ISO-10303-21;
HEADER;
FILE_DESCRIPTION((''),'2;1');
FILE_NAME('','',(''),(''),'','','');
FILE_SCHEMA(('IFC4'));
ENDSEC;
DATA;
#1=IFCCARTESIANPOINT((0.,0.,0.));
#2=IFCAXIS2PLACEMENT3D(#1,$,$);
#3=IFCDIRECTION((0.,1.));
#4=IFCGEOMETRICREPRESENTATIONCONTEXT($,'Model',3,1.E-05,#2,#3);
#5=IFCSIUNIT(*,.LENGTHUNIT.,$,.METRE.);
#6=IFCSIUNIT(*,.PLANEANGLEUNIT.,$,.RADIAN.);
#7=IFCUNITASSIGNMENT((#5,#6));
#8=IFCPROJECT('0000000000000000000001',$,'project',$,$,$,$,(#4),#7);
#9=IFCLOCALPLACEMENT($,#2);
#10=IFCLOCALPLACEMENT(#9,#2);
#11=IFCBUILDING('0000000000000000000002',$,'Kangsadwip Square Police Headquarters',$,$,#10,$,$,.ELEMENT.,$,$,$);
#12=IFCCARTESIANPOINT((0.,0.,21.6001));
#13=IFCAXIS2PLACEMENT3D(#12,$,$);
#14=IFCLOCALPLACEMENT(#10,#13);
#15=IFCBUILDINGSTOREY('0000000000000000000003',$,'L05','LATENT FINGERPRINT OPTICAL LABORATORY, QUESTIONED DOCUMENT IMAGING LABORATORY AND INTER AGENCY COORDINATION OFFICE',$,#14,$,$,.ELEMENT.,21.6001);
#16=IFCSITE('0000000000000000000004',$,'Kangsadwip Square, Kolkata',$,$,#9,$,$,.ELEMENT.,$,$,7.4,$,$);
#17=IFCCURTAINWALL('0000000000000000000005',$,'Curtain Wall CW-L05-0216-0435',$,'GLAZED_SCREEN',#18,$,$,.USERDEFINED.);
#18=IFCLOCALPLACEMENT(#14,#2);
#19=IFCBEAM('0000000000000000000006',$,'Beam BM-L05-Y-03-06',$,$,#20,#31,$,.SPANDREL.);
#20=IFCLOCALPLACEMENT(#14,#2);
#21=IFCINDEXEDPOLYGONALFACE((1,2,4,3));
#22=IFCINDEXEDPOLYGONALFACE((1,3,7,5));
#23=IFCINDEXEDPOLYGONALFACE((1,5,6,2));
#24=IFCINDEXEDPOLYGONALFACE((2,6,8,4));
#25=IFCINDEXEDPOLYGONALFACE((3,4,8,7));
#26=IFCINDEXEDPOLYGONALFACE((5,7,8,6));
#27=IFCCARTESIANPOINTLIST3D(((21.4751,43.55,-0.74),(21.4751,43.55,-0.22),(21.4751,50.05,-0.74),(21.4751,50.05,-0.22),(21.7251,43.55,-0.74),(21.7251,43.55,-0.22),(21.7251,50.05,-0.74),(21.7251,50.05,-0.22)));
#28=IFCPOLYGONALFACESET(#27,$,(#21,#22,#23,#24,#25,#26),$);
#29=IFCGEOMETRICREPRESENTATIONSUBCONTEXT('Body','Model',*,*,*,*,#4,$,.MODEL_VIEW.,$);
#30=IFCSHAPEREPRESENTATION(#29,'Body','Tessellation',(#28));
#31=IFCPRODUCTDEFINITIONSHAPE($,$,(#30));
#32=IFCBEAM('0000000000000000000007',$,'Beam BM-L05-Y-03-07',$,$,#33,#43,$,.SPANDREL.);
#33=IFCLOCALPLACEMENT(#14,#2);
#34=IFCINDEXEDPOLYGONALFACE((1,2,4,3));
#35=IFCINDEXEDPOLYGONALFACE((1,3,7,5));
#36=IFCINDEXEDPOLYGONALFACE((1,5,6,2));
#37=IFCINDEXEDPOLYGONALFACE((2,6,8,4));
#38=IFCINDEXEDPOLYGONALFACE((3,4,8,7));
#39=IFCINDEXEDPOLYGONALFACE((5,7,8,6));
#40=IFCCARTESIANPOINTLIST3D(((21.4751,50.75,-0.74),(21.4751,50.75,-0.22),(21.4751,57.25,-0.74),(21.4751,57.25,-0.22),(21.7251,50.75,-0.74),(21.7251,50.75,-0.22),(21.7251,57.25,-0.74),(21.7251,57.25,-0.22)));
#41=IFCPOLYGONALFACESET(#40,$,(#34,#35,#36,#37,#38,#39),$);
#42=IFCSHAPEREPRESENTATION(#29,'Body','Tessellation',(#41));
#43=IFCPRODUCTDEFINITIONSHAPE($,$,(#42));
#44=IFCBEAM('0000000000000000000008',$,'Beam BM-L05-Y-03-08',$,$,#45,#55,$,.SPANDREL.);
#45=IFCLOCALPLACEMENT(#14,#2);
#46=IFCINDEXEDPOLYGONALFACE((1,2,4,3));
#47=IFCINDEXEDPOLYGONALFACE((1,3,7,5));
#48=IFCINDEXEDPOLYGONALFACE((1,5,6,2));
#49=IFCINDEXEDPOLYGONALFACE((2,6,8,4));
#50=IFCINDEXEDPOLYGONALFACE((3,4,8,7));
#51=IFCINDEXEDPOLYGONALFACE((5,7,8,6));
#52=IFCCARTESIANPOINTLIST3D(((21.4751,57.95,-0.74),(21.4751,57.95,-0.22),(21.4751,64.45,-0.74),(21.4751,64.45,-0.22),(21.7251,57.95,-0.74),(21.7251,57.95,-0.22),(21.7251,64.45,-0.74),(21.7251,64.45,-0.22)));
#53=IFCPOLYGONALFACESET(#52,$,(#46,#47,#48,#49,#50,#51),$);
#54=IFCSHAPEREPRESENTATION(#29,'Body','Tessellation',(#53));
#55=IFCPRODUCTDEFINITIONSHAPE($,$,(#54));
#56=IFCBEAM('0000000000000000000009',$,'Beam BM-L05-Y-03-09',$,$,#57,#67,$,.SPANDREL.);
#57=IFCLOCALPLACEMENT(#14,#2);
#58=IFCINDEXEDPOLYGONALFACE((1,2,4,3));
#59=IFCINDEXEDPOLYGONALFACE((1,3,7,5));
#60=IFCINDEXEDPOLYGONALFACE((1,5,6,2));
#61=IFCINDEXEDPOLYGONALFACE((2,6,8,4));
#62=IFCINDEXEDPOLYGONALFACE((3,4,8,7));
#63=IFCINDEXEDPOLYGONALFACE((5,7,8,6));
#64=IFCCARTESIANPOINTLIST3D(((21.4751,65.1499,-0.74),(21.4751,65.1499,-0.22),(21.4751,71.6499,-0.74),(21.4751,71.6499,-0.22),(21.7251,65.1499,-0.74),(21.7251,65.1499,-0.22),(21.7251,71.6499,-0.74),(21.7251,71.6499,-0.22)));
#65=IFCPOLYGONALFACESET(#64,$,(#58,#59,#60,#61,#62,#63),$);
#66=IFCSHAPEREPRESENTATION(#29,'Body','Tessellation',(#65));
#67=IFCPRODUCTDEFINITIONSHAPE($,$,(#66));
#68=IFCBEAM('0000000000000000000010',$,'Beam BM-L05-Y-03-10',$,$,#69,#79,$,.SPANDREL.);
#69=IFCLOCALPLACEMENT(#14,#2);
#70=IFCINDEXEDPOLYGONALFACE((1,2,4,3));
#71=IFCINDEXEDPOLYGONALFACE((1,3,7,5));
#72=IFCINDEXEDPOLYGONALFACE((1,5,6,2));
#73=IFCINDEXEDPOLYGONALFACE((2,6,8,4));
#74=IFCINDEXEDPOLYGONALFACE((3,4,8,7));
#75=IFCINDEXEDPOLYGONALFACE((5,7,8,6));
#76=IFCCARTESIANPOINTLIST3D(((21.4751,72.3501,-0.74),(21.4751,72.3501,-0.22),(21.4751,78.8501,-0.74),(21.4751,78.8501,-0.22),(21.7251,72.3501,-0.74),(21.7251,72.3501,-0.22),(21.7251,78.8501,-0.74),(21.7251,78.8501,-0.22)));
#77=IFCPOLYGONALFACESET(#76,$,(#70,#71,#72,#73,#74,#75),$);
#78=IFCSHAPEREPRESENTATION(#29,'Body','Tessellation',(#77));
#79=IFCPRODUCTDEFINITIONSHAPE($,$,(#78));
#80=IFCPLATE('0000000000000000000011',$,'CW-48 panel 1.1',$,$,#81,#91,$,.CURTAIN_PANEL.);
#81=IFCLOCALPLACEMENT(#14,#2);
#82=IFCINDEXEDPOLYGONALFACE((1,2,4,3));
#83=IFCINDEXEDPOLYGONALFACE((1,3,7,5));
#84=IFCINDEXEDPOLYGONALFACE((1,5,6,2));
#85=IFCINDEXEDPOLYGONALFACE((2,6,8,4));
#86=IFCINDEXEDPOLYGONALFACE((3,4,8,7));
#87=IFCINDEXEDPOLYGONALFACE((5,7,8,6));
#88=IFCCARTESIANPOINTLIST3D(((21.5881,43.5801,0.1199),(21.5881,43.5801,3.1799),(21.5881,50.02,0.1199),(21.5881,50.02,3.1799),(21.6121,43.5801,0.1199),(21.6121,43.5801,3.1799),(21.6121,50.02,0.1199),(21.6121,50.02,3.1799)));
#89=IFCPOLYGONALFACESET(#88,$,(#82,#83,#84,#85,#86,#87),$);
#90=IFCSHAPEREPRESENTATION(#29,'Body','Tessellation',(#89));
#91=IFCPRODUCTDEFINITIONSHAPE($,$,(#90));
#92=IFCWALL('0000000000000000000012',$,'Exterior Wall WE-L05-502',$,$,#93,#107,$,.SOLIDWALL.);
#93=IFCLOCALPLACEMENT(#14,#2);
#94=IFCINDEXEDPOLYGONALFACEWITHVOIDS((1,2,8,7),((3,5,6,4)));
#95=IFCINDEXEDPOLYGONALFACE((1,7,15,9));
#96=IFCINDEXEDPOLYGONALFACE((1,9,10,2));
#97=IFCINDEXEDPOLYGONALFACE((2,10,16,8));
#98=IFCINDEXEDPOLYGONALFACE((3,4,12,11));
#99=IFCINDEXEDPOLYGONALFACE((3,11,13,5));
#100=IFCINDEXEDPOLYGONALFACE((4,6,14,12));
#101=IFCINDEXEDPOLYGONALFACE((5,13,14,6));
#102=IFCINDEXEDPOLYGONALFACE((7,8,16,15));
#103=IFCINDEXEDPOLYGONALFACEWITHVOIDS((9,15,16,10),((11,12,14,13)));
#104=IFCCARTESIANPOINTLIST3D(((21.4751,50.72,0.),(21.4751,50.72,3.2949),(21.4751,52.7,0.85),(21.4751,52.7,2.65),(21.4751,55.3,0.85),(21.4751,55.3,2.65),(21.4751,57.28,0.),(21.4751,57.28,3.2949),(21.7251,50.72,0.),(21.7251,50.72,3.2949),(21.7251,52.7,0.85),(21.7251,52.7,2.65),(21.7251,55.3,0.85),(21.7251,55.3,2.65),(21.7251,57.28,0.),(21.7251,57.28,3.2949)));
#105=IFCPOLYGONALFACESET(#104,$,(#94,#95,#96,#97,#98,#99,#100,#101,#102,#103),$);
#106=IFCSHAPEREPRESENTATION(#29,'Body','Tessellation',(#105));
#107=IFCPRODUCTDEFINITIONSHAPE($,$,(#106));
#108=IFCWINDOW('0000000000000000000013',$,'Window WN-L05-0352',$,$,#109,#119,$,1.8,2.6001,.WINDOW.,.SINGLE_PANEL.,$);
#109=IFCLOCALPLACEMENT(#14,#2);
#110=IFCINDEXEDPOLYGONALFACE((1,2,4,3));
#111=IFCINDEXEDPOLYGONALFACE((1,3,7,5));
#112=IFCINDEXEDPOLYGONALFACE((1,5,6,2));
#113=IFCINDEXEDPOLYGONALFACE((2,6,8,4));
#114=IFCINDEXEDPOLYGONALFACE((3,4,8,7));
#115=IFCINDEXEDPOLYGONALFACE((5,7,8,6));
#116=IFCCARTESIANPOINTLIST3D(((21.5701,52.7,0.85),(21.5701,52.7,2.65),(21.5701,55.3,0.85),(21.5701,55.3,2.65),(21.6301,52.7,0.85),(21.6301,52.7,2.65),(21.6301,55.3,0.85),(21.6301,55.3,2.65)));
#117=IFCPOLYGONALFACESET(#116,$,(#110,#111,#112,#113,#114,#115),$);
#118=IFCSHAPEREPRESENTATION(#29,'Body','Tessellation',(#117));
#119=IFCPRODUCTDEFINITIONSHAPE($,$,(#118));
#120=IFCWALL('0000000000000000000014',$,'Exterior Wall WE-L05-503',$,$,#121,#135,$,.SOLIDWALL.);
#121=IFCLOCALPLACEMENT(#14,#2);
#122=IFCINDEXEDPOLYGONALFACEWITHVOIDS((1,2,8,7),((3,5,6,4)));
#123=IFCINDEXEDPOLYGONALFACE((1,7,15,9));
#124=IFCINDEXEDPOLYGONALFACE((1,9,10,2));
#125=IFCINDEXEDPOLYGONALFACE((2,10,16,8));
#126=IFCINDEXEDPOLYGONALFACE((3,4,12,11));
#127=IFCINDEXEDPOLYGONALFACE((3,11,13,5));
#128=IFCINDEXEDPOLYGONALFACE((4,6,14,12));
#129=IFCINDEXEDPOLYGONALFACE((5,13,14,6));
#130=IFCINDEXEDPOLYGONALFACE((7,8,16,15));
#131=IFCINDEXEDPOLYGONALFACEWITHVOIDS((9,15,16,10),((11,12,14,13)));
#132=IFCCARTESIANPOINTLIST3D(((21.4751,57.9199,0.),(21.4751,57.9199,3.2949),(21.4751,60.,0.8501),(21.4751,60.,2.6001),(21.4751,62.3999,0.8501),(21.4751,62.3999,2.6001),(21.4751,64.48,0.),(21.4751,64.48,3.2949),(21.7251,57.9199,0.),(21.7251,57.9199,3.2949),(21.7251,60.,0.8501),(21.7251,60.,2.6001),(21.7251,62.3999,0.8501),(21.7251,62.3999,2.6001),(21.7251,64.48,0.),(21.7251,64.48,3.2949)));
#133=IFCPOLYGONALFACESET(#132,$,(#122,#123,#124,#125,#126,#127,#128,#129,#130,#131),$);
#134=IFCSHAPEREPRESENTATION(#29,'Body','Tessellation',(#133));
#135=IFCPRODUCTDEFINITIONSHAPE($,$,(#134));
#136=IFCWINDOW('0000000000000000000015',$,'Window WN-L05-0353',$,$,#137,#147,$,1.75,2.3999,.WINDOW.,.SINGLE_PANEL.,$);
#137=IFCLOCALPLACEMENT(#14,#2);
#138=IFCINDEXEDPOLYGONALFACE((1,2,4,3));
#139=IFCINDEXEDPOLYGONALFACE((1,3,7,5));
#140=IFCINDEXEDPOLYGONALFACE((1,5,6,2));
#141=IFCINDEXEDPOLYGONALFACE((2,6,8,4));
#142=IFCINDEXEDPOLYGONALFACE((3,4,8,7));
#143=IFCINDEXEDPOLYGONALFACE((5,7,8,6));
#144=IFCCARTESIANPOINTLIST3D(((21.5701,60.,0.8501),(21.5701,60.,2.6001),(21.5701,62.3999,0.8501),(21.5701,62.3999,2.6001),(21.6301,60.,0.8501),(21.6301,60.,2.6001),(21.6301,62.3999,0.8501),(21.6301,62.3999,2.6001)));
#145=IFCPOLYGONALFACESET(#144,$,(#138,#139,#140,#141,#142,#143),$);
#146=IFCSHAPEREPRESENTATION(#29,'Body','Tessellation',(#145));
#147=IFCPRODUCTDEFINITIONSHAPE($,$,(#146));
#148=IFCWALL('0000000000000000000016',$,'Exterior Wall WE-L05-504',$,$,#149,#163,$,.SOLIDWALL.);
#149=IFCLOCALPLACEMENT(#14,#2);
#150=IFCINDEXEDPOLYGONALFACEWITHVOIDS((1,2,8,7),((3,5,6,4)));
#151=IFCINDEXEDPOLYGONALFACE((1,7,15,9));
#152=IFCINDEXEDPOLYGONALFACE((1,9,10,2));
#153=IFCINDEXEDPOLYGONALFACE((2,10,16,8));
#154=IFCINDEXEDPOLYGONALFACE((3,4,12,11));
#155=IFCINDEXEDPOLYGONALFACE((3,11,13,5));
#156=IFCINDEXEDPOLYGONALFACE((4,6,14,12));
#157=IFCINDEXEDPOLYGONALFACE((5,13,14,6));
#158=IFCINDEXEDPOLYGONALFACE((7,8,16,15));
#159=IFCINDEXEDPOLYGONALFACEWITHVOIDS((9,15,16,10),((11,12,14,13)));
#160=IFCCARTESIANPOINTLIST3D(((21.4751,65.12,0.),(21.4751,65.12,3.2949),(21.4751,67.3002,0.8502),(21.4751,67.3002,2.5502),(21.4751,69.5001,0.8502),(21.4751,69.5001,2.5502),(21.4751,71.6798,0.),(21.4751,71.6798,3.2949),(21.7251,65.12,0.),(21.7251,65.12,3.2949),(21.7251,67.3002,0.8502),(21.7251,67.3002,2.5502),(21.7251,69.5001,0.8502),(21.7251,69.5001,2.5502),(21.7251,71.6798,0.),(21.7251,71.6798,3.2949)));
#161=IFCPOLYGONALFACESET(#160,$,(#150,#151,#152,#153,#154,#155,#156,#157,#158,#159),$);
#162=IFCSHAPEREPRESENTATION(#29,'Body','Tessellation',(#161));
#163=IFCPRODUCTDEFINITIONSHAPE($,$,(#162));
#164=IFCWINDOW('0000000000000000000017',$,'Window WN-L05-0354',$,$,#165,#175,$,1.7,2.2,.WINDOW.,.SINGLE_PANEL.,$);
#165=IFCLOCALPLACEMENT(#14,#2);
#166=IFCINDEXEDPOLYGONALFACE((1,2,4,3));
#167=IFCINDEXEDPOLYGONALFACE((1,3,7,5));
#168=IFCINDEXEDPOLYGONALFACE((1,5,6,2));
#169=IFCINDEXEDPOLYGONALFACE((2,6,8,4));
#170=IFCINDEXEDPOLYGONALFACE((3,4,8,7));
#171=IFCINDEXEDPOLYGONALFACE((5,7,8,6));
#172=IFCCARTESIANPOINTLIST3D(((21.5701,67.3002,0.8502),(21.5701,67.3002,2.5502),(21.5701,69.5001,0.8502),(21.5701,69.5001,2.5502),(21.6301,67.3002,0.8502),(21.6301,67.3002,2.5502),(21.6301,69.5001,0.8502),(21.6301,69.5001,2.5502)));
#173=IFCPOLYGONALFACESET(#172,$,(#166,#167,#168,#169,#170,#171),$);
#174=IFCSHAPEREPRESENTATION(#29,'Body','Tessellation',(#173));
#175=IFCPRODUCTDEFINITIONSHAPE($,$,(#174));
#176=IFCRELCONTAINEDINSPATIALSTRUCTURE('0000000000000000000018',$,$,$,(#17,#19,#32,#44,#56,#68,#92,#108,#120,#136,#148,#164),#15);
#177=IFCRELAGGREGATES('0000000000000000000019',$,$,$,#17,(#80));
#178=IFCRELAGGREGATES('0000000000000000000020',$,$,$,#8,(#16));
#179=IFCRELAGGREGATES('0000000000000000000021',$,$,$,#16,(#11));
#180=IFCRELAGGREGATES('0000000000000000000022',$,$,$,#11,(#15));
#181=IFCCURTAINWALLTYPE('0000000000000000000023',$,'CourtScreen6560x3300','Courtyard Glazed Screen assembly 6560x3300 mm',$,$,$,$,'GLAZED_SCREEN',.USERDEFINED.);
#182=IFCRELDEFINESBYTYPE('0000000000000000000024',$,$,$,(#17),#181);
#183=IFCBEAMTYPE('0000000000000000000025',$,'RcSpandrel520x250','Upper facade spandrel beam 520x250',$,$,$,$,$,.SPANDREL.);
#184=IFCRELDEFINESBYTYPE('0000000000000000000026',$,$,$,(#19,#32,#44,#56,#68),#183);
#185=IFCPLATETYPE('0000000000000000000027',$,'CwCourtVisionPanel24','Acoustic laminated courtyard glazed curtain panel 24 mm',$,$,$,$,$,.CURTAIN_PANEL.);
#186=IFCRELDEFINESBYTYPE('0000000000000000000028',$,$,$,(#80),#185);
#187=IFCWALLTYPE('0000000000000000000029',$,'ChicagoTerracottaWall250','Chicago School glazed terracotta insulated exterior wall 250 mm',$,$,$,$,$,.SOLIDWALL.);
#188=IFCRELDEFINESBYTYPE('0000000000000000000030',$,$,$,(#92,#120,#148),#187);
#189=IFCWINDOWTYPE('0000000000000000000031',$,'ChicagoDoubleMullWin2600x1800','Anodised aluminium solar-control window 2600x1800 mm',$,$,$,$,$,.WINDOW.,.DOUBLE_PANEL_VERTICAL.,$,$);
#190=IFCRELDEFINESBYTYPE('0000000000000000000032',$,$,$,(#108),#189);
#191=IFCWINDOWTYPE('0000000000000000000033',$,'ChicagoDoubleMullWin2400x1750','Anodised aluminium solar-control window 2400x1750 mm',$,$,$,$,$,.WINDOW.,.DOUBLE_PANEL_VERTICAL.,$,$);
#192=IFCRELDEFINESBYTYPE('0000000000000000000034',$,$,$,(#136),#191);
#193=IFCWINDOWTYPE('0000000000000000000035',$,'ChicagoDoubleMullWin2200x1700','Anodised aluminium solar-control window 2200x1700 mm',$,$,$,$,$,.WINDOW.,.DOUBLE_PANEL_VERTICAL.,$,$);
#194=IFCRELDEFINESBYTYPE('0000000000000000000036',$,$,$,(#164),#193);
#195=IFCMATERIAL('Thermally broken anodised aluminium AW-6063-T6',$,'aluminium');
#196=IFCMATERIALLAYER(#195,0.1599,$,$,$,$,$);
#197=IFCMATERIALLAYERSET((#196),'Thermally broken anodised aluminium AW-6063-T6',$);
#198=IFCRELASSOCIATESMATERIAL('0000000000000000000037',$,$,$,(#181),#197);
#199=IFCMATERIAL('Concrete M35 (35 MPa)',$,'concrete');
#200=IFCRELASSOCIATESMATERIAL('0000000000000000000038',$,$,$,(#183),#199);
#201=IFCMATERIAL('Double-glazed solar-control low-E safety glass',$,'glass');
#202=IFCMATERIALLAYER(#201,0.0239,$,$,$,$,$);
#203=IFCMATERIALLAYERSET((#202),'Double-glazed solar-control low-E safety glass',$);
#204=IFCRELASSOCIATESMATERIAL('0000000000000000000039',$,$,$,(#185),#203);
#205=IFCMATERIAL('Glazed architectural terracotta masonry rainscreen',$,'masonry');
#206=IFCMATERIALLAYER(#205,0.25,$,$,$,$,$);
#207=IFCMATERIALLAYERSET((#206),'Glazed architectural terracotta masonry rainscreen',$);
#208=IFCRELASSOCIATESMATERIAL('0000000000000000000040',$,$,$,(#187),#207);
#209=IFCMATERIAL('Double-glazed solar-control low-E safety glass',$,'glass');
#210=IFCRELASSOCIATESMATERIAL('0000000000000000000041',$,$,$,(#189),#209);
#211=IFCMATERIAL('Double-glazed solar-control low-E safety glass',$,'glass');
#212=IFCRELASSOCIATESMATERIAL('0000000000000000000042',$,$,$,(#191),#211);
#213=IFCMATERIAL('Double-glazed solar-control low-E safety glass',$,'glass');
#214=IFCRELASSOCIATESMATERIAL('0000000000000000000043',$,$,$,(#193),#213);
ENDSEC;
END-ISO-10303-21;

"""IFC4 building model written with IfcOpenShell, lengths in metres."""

from ifc_helpers import new_model, si_unit, direction, frame, frame_2d, origin, origin_2d, place, context, subcontext, project, spatial, rectangle, extrude, material, layer, layer_set, material_profile, profile_set, type_object, element, fill, aggregate, save


model = new_model("IFC4")

# Units and contexts
model_context = context("Model", 3, precision=1e-05, world=origin(), true_north=direction((0.0, 1.0)))
body_context = subcontext(model_context, "Body", "Model", "MODEL_VIEW")
ifc_project = project(units=[si_unit("LENGTHUNIT", "METRE"), si_unit("PLANEANGLEUNIT", "RADIAN")], contexts=[model_context])

# Site, building, storey
site_placement = place(None, origin())
site = spatial("IfcSite", under=ifc_project, at=site_placement, Name="Kangsadwip Square, Kolkata", CompositionType="ELEMENT", RefElevation=7.4)
building_placement = place(site_placement, origin())
building = spatial("IfcBuilding", under=site, at=building_placement, Name="Kangsadwip Square Police Headquarters", CompositionType="ELEMENT")
storey_placement = place(building_placement, frame((0.0, 0.0, 21.6001)))
storey = spatial("IfcBuildingStorey", under=building, at=storey_placement, Name="L05", Description="LATENT FINGERPRINT OPTICAL LABORATORY, QUESTIONED DOCUMENT IMAGING LABORATORY AND INTER AGENCY COORDINATION OFFICE", CompositionType="ELEMENT", Elevation=21.6001)

# Curtain wall
ifc_material_1 = material(Name="Thermally broken anodised aluminium AW-6063-T6", Category="aluminium")
ifc_layer_1 = layer(ifc_material_1, 0.1599)
ifc_layer_set_1 = layer_set([ifc_layer_1], Name="Thermally broken anodised aluminium AW-6063-T6")
curtain_wall_type = type_object("IfcCurtainWallType", Name="CourtScreen6560x3300", Description="Courtyard Glazed Screen assembly 6560x3300 mm", ElementType="GLAZED_SCREEN", PredefinedType="USERDEFINED", material=ifc_layer_set_1)
curtain_wall_placement = place(storey_placement, origin())
curtain_wall = element("IfcCurtainWall", 1, at=curtain_wall_placement, inside=storey, type_object=curtain_wall_type, Name="Curtain Wall CW-L05-0216-0435", ObjectType="GLAZED_SCREEN", PredefinedType="USERDEFINED")

# Beams
ifc_material_2 = material(Name="Concrete M35 (35 MPa)", Category="concrete")
ifc_material_profile_1 = material_profile(ifc_material_2, rectangle(XDim=0.25, YDim=0.52, at=origin_2d()), Name="RC SPN 520X250")
ifc_profile_set_1 = profile_set([ifc_material_profile_1], Name="Concrete M35 (35 MPa)")
beam_type_1 = type_object("IfcBeamType", Name="RcSpandrel520x250", Description="Upper facade spandrel beam 520x250", PredefinedType="SPANDREL", material=ifc_profile_set_1)
for number, where, z_axis, x_axis, name in (
    (2, (21.6001, 43.55, -0.48), (0.0, 1.0, 0.0), (-1.0, 0.0, 0.0), "Beam BM-L05-Y-03-06"),
    (3, (21.6001, 50.75, -0.48), (0.0, 1.0, 0.0), (-1.0, 0.0, 0.0), "Beam BM-L05-Y-03-07"),
    (4, (21.6001, 57.95, -0.48), (0.0, 1.0, 0.0), (-1.0, 0.0, 0.0), "Beam BM-L05-Y-03-08"),
    (5, (21.6001, 65.1499, -0.48), (0.0, 1.0, 0.0), (-1.0, 0.0, 0.0), "Beam BM-L05-Y-03-09"),
    (6, (21.6001, 72.3501, -0.48), (0.0, 1.0, 0.0), (-1.0, 0.0, 0.0), "Beam BM-L05-Y-03-10"),
):
    element("IfcBeam", number, at=place(storey_placement, frame(where, z_axis=z_axis, x_axis=x_axis)), inside=storey, type_object=beam_type_1, Name=name, PredefinedType="SPANDREL", context=body_context, shape_type="SweptSolid", body=[
        extrude(rectangle(XDim=0.25, YDim=0.52, at=origin_2d()), origin(), (0.0, 0.0, 1.0), 6.5),
    ])

# Plate
ifc_material_3 = material(Name="Double-glazed solar-control low-E safety glass", Category="glass")
ifc_layer_2 = layer(ifc_material_3, 0.0239)
ifc_layer_set_2 = layer_set([ifc_layer_2], Name="Double-glazed solar-control low-E safety glass")
plate_type = type_object("IfcPlateType", Name="CwCourtVisionPanel24", Description="Acoustic laminated courtyard glazed curtain panel 24 mm", PredefinedType="CURTAIN_PANEL", material=ifc_layer_set_2)
plate_placement = place(storey_placement, frame((21.6001, 46.8, 0.1199), z_axis=(0.0, 0.0, 1.0), x_axis=(0.0, 1.0, 0.0)))
plate = element("IfcPlate", 7, at=plate_placement, type_object=plate_type, Name="CW-48 panel 1.1", PredefinedType="CURTAIN_PANEL", context=body_context, shape_type="SweptSolid", body=[
    extrude(rectangle(XDim=6.4399, YDim=0.0239, at=origin_2d()), origin(), (0.0, 0.0, 1.0), 3.0601),
])
aggregate(curtain_wall, [plate])

# Walls, openings, windows
ifc_material_4 = material(Name="Glazed architectural terracotta masonry rainscreen", Category="masonry")
ifc_layer_3 = layer(ifc_material_4, 0.25)
ifc_layer_set_3 = layer_set([ifc_layer_3], Name="Glazed architectural terracotta masonry rainscreen")
wall_type = type_object("IfcWallType", Name="ChicagoTerracottaWall250", Description="Chicago School glazed terracotta insulated exterior wall 250 mm", PredefinedType="SOLIDWALL", material=ifc_layer_set_3)
wall_1_placement = place(storey_placement, frame((21.6001, 50.72, 0.0), z_axis=(0.0, 0.0, 1.0), x_axis=(0.0, 1.0, 0.0)))
wall_1 = element("IfcWall", 8, at=wall_1_placement, inside=storey, type_object=wall_type, Name="Exterior Wall WE-L05-502", PredefinedType="SOLIDWALL", context=body_context, shape_type="SweptSolid", body=[
    extrude(rectangle(XDim=6.5601, YDim=0.25, at=frame_2d((3.28, 0.0))), origin(), (0.0, 0.0, 1.0), 3.2949),
])
opening_1_placement = place(wall_1_placement, frame((1.98, 0.0, 0.8501)))
opening_1 = element("IfcOpeningElement", 9, at=opening_1_placement, cuts=wall_1, PredefinedType="OPENING", context=body_context, shape_type="SweptSolid", body=[
    extrude(rectangle(XDim=2.6001, YDim=1.8, at=frame_2d((1.3, 0.8999))), frame((0.0, 0.135, 0.0), z_axis=(0.0, -1.0, 0.0), x_axis=(1.0, 0.0, 0.0)), (0.0, 0.0, 1.0), 0.27),
])
ifc_material_5 = material(Name="Double-glazed solar-control low-E safety glass", Category="glass")
window_type_1 = type_object("IfcWindowType", Name="ChicagoDoubleMullWin2600x1800", Description="Anodised aluminium solar-control window 2600x1800 mm", PartitioningType="DOUBLE_PANEL_VERTICAL", PredefinedType="WINDOW", material=ifc_material_5)
window_1_placement = place(opening_1_placement, origin())
window_1 = element("IfcWindow", 10, at=window_1_placement, inside=storey, type_object=window_type_1, Name="Window WN-L05-0352", OverallHeight=1.8, OverallWidth=2.6001, PartitioningType="SINGLE_PANEL", PredefinedType="WINDOW", context=body_context, shape_type="SweptSolid", body=[
    extrude(rectangle(XDim=2.6001, YDim=1.8, at=frame_2d((1.3, 0.8999))), frame((0.0, 0.03, 0.0), z_axis=(0.0, -1.0, 0.0), x_axis=(1.0, 0.0, 0.0)), (0.0, 0.0, 1.0), 0.0601),
])
fill(opening_1, window_1)
wall_2_placement = place(storey_placement, frame((21.6001, 57.9199, 0.0), z_axis=(0.0, 0.0, 1.0), x_axis=(0.0, 1.0, 0.0)))
wall_2 = element("IfcWall", 11, at=wall_2_placement, inside=storey, type_object=wall_type, Name="Exterior Wall WE-L05-503", PredefinedType="SOLIDWALL", context=body_context, shape_type="SweptSolid", body=[
    extrude(rectangle(XDim=6.5601, YDim=0.25, at=frame_2d((3.28, 0.0))), origin(), (0.0, 0.0, 1.0), 3.2949),
])
opening_2_placement = place(wall_2_placement, frame((2.0801, 0.0, 0.8501)))
opening_2 = element("IfcOpeningElement", 12, at=opening_2_placement, cuts=wall_2, PredefinedType="OPENING", context=body_context, shape_type="SweptSolid", body=[
    extrude(rectangle(XDim=2.3999, YDim=1.75, at=frame_2d((1.2, 0.875))), frame((0.0, 0.135, 0.0), z_axis=(0.0, -1.0, 0.0), x_axis=(1.0, 0.0, 0.0)), (0.0, 0.0, 1.0), 0.27),
])
ifc_material_6 = material(Name="Double-glazed solar-control low-E safety glass", Category="glass")
window_type_2 = type_object("IfcWindowType", Name="ChicagoDoubleMullWin2400x1750", Description="Anodised aluminium solar-control window 2400x1750 mm", PartitioningType="DOUBLE_PANEL_VERTICAL", PredefinedType="WINDOW", material=ifc_material_6)
window_2_placement = place(opening_2_placement, origin())
window_2 = element("IfcWindow", 13, at=window_2_placement, inside=storey, type_object=window_type_2, Name="Window WN-L05-0353", OverallHeight=1.75, OverallWidth=2.3999, PartitioningType="SINGLE_PANEL", PredefinedType="WINDOW", context=body_context, shape_type="SweptSolid", body=[
    extrude(rectangle(XDim=2.3999, YDim=1.75, at=frame_2d((1.2, 0.875))), frame((0.0, 0.03, 0.0), z_axis=(0.0, -1.0, 0.0), x_axis=(1.0, 0.0, 0.0)), (0.0, 0.0, 1.0), 0.0601),
])
fill(opening_2, window_2)
wall_3_placement = place(storey_placement, frame((21.6001, 65.1201, 0.0), z_axis=(0.0, 0.0, 1.0), x_axis=(0.0, 1.0, 0.0)))
wall_3 = element("IfcWall", 14, at=wall_3_placement, inside=storey, type_object=wall_type, Name="Exterior Wall WE-L05-504", PredefinedType="SOLIDWALL", context=body_context, shape_type="SweptSolid", body=[
    extrude(rectangle(XDim=6.5598, YDim=0.25, at=frame_2d((3.2798, 0.0))), origin(), (0.0, 0.0, 1.0), 3.2949),
])
opening_3_placement = place(wall_3_placement, frame((2.1799, 0.0, 0.8501)))
opening_3 = element("IfcOpeningElement", 15, at=opening_3_placement, cuts=wall_3, PredefinedType="OPENING", context=body_context, shape_type="SweptSolid", body=[
    extrude(rectangle(XDim=2.2, YDim=1.7, at=frame_2d((1.1001, 0.8501))), frame((0.0, 0.135, 0.0), z_axis=(0.0, -1.0, 0.0), x_axis=(1.0, 0.0, 0.0)), (0.0, 0.0, 1.0), 0.27),
])
ifc_material_7 = material(Name="Double-glazed solar-control low-E safety glass", Category="glass")
window_type_3 = type_object("IfcWindowType", Name="ChicagoDoubleMullWin2200x1700", Description="Anodised aluminium solar-control window 2200x1700 mm", PartitioningType="DOUBLE_PANEL_VERTICAL", PredefinedType="WINDOW", material=ifc_material_7)
window_3_placement = place(opening_3_placement, origin())
window_3 = element("IfcWindow", 16, at=window_3_placement, inside=storey, type_object=window_type_3, Name="Window WN-L05-0354", OverallHeight=1.7, OverallWidth=2.2, PartitioningType="SINGLE_PANEL", PredefinedType="WINDOW", context=body_context, shape_type="SweptSolid", body=[
    extrude(rectangle(XDim=2.2, YDim=1.7, at=frame_2d((1.1001, 0.8501))), frame((0.0, 0.03, 0.0), z_axis=(0.0, -1.0, 0.0), x_axis=(1.0, 0.0, 0.0)), (0.0, 0.0, 1.0), 0.0601),
])
fill(opening_3, window_3)

save(model, "model.ifc")
